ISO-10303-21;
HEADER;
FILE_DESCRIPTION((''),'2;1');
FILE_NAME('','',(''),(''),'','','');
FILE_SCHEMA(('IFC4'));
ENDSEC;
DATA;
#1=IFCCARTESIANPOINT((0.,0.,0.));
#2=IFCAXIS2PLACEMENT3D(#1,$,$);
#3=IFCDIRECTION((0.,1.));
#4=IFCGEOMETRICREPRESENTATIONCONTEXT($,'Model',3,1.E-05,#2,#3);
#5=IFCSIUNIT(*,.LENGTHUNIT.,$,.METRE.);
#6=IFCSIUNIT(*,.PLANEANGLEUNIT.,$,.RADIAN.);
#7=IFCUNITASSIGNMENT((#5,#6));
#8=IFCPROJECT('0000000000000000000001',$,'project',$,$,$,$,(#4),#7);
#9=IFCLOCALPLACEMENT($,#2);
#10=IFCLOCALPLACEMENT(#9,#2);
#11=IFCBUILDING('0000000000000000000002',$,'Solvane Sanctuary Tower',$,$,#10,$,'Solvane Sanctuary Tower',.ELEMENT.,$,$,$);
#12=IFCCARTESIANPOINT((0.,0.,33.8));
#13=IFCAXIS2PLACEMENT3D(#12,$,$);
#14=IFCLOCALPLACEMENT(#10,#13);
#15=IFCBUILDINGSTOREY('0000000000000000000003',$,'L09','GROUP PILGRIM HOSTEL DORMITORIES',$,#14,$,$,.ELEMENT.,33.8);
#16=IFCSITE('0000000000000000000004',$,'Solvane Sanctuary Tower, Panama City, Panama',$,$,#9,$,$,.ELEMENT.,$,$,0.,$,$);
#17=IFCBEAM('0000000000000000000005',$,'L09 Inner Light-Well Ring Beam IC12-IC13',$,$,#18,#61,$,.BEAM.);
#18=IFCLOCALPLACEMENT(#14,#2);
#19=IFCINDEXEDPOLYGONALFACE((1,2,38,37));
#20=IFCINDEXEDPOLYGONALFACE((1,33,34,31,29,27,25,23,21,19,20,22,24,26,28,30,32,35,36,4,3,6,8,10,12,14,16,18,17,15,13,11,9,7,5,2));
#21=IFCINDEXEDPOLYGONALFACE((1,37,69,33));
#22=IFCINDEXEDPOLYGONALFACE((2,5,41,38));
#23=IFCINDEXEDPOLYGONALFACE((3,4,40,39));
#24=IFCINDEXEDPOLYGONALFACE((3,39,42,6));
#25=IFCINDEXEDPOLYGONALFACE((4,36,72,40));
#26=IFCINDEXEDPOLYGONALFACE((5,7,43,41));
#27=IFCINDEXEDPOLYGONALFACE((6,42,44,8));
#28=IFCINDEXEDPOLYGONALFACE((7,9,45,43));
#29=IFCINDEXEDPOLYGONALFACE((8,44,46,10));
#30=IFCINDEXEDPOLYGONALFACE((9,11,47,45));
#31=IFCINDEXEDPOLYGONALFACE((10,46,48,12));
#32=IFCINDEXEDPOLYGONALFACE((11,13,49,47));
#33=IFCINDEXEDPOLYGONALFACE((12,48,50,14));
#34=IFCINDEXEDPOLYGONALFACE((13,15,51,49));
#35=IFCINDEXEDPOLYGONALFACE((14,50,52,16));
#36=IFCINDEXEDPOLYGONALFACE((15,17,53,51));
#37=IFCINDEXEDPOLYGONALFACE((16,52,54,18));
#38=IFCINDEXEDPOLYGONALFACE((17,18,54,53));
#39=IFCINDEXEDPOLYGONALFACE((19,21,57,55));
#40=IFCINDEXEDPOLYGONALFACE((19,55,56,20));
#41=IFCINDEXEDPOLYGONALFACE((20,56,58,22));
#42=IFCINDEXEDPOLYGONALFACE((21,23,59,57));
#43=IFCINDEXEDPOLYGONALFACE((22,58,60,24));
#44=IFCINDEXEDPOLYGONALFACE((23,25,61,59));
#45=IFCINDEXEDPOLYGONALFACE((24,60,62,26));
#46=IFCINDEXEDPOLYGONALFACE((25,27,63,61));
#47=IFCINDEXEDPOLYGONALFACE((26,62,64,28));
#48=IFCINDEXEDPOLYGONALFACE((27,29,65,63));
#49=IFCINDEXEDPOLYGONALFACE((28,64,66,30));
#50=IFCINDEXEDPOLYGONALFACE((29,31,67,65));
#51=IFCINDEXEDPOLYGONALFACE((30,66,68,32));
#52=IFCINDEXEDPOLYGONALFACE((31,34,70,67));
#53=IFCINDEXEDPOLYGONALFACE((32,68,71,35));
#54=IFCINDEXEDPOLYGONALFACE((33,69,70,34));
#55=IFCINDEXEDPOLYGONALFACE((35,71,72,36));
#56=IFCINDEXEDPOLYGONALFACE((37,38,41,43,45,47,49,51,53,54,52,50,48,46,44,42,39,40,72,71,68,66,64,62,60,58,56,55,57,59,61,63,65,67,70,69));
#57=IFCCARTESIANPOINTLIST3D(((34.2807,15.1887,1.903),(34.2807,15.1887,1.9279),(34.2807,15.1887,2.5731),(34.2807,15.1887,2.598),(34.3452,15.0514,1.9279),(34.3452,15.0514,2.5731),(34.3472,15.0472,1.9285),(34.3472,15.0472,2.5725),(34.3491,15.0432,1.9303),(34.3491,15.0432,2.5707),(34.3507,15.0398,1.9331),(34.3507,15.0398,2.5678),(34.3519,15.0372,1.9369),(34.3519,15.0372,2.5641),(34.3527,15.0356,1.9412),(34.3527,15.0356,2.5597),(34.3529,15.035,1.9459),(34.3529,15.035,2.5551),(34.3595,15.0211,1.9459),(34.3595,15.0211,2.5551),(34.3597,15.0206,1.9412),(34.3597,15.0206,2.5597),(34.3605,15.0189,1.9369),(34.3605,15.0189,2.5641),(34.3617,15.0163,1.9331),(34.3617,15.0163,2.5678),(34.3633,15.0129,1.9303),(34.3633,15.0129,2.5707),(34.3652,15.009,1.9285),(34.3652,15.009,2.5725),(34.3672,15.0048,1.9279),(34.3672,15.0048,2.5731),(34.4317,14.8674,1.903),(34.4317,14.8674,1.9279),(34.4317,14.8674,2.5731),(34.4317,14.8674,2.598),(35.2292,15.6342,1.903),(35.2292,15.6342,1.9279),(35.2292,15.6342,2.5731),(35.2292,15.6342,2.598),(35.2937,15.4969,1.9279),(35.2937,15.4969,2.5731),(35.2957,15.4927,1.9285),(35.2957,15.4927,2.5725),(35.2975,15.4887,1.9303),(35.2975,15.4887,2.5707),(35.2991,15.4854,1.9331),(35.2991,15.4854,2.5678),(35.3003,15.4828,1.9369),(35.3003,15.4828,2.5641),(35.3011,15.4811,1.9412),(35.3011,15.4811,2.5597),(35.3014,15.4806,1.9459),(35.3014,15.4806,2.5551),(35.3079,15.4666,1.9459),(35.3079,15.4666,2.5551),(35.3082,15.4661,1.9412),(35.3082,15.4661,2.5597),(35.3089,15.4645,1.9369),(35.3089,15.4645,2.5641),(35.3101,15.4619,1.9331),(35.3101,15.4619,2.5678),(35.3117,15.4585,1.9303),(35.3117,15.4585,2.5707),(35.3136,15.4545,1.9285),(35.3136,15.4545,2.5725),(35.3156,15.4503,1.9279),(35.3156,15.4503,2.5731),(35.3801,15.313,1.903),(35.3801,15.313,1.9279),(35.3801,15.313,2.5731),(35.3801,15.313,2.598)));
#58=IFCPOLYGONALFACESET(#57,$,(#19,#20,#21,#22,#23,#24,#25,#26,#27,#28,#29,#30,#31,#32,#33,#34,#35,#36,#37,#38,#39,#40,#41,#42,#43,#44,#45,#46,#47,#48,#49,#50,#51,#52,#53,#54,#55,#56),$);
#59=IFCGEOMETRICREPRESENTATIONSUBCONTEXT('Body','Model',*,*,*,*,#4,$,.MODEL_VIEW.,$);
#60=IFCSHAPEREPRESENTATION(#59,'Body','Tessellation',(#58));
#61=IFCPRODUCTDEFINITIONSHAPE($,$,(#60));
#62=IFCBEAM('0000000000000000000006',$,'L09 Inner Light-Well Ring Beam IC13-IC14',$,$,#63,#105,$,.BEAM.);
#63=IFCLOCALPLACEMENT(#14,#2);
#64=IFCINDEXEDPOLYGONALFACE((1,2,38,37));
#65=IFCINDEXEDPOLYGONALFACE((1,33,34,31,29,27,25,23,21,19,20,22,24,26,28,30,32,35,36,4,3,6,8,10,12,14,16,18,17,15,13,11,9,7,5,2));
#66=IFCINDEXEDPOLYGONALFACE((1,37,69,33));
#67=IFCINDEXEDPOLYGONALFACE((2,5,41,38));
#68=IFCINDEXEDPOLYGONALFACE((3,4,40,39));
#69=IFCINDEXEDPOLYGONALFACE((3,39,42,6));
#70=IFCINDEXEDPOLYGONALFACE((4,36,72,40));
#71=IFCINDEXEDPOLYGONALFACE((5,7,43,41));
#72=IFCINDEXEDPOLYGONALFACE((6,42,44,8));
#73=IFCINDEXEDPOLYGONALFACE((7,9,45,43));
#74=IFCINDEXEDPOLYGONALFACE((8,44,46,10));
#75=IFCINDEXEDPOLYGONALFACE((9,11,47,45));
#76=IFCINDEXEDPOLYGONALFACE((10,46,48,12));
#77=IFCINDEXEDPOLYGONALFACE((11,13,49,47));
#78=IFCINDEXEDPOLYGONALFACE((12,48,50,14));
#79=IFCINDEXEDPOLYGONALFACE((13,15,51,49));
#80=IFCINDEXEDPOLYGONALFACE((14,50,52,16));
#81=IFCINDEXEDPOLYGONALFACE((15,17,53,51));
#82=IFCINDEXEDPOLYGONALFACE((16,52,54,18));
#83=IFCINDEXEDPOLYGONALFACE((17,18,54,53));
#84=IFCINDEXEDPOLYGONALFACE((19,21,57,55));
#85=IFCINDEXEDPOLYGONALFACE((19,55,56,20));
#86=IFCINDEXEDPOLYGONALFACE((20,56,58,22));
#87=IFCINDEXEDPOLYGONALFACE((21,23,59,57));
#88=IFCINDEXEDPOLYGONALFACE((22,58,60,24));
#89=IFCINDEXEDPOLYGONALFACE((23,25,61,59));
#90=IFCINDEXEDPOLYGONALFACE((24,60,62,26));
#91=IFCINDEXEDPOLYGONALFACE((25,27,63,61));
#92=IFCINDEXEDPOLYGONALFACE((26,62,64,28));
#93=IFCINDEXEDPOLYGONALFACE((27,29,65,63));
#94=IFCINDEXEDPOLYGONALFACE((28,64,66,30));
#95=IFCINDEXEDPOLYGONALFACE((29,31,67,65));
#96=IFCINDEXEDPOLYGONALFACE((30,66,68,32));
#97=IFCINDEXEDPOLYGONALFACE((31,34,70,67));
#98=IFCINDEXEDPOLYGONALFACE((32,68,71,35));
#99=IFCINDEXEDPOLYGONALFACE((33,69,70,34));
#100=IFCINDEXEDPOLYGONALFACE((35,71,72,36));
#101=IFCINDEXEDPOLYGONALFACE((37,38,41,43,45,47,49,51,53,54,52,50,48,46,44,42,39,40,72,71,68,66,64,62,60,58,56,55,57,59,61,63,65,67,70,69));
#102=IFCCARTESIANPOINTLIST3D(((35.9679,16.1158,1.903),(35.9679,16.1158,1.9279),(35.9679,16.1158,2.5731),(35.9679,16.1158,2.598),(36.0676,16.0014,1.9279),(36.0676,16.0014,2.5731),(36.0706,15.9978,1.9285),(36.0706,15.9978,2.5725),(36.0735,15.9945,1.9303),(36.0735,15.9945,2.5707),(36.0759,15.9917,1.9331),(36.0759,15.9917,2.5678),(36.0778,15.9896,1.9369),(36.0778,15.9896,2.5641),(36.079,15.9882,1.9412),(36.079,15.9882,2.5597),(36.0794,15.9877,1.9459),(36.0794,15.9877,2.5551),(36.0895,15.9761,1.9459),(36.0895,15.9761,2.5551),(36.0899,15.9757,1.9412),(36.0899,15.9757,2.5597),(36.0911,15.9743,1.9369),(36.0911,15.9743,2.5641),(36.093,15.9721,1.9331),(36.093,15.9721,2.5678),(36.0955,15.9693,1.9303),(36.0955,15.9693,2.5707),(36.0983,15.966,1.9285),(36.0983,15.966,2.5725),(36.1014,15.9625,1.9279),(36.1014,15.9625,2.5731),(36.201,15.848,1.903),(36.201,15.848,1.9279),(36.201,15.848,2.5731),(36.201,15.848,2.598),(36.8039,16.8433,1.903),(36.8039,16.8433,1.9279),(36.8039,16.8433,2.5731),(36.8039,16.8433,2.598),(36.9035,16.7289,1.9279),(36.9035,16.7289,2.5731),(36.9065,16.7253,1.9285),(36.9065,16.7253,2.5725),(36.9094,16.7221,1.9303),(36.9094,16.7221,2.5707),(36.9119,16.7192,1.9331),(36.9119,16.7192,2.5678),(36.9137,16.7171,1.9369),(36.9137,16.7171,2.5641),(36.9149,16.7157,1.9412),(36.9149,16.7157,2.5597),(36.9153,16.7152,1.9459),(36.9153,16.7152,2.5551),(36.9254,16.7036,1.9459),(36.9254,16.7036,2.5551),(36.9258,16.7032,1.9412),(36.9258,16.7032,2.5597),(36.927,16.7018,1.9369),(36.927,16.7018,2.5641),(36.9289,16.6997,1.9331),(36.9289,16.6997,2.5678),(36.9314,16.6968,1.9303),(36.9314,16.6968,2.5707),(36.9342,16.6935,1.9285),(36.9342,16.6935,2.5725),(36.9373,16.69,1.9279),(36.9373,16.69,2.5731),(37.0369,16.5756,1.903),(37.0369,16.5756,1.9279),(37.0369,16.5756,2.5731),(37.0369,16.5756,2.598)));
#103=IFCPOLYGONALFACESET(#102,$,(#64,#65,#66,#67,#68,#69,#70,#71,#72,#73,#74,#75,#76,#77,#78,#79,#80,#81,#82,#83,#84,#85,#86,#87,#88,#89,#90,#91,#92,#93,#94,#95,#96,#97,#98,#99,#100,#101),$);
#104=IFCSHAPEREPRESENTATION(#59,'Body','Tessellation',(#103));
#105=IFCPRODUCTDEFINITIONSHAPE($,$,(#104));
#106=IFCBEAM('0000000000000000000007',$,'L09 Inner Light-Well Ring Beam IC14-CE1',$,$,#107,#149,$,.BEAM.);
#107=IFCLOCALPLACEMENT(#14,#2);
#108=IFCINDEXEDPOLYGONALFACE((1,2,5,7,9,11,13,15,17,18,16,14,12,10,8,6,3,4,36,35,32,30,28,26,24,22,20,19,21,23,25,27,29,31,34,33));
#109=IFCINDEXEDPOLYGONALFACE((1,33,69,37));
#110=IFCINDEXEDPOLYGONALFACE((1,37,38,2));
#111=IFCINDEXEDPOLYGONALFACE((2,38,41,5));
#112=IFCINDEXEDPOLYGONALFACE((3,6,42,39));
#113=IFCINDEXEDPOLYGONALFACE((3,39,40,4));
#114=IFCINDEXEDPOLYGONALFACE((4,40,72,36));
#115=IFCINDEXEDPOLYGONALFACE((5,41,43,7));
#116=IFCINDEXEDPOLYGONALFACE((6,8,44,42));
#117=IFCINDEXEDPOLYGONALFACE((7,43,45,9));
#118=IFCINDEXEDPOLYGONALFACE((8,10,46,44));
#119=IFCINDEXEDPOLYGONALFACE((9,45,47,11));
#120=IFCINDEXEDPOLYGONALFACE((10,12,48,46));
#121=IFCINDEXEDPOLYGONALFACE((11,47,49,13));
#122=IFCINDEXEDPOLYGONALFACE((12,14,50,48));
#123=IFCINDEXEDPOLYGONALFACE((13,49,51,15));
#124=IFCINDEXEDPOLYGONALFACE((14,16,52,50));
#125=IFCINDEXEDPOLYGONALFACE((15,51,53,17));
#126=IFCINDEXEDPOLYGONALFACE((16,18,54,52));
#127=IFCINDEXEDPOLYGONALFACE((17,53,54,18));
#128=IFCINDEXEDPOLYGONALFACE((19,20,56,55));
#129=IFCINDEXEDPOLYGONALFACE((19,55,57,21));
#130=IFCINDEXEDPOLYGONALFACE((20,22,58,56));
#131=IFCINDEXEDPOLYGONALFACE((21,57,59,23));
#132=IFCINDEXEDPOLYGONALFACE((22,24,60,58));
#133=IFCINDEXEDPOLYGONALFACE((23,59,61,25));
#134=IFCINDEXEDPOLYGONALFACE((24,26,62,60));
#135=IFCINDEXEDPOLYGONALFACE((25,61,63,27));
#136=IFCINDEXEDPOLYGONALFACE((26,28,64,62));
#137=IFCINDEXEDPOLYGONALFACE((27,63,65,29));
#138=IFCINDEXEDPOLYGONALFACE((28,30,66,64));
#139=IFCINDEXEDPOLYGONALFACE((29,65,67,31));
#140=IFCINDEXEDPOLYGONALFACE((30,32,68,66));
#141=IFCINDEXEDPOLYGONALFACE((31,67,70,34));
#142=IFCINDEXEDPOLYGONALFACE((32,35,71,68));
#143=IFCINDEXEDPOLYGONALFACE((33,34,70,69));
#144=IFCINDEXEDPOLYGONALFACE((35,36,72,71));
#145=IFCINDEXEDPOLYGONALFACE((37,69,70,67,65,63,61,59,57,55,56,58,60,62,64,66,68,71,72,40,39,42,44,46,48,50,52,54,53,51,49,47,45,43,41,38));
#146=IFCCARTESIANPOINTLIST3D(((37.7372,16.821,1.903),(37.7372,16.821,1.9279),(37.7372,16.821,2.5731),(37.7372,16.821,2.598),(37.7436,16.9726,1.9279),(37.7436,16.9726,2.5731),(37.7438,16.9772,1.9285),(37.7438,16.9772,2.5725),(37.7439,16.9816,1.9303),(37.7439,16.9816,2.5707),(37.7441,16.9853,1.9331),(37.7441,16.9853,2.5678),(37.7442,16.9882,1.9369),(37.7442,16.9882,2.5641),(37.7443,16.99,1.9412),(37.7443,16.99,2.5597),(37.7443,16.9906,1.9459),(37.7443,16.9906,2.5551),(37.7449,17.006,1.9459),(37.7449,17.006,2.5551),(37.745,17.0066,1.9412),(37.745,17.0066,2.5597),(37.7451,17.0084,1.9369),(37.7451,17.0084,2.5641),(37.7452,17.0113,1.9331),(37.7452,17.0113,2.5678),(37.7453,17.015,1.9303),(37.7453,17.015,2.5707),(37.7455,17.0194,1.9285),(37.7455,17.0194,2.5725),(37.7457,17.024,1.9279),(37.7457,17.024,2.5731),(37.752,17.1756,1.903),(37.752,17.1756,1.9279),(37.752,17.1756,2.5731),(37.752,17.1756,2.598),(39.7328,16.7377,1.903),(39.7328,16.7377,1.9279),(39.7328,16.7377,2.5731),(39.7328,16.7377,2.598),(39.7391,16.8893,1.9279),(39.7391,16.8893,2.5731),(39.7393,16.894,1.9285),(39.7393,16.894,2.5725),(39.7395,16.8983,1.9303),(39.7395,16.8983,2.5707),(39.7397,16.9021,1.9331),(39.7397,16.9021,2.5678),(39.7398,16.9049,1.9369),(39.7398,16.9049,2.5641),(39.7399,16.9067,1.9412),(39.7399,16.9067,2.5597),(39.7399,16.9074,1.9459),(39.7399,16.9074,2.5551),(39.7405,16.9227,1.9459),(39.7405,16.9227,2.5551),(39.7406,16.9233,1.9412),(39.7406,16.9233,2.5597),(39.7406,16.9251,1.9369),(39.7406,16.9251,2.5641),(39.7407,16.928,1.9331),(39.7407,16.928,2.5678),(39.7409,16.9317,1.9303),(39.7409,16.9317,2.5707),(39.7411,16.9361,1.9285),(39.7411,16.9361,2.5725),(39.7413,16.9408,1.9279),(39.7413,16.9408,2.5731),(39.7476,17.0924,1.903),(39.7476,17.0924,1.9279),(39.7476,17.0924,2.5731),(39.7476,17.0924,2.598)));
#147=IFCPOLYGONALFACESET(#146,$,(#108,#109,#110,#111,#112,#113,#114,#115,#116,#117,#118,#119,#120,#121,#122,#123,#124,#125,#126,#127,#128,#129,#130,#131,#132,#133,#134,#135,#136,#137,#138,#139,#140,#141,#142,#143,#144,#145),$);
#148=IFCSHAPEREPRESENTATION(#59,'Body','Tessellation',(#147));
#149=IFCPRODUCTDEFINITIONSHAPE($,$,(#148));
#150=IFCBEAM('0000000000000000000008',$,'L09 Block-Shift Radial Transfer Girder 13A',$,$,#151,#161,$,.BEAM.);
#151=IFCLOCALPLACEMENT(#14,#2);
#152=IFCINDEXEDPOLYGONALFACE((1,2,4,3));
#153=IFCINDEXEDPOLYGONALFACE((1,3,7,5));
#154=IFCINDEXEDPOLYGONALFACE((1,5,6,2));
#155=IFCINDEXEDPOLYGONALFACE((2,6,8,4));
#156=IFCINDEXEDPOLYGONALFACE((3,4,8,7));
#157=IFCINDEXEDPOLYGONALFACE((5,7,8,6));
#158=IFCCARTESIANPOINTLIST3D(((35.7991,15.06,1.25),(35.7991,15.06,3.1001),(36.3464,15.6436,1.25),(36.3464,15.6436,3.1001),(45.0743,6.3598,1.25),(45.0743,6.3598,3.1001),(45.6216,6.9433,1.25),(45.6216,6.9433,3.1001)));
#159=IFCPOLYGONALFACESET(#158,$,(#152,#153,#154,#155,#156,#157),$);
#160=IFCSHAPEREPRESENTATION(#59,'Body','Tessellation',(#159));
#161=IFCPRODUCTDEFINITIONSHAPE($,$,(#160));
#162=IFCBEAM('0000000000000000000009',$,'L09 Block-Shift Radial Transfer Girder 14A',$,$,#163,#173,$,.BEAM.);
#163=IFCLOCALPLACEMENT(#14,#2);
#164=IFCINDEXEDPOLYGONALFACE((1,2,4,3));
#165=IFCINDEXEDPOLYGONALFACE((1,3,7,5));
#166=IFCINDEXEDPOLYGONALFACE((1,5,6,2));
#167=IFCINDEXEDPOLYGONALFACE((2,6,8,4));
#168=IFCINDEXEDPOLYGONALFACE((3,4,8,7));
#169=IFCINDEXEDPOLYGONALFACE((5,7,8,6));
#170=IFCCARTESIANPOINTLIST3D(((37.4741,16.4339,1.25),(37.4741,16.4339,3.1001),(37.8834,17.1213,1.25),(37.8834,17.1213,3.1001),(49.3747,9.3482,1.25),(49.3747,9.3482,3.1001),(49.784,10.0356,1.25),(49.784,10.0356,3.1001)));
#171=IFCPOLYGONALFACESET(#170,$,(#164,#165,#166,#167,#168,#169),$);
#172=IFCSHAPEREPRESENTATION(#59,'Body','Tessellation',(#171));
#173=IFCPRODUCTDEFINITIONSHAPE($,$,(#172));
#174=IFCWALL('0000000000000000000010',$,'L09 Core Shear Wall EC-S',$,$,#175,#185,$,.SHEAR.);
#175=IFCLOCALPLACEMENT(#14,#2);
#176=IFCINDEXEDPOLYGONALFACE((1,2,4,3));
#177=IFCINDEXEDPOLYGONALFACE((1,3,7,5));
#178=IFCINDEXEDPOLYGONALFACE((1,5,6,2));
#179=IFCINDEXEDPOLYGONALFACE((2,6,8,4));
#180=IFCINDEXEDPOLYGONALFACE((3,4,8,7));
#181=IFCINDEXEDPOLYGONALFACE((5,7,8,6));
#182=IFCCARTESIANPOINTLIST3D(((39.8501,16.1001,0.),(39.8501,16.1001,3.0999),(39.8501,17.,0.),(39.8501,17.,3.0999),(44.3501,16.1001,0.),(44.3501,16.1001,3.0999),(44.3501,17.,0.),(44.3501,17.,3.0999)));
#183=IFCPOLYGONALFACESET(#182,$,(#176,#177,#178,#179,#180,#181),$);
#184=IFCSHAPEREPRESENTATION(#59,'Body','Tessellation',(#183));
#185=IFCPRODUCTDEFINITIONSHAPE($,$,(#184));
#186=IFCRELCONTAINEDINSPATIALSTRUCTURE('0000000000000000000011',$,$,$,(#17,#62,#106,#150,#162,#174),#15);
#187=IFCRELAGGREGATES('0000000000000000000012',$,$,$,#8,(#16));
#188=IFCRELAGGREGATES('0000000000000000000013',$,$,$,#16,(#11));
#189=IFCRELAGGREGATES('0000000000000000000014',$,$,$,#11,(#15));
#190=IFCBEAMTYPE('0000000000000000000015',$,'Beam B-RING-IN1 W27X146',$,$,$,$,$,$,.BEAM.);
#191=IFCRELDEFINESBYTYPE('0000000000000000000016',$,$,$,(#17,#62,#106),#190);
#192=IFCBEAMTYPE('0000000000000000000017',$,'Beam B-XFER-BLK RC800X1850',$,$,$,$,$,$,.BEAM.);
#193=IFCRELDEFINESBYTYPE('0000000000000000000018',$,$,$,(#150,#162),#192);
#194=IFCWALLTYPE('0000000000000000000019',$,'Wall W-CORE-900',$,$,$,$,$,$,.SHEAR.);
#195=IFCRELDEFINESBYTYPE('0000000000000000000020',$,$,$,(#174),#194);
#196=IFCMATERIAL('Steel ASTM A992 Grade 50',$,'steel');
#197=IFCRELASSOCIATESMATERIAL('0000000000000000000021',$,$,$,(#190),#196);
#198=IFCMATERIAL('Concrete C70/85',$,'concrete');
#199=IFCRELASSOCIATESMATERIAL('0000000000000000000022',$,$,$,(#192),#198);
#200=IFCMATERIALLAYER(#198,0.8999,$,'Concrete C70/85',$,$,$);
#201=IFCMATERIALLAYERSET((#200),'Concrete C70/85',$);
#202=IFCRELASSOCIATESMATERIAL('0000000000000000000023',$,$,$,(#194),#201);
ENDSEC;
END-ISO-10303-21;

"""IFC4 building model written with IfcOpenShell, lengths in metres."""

from ifc_helpers import new_model, si_unit, direction, frame, frame_2d, origin, origin_2d, place, context, subcontext, project, spatial, rectangle, i_section, extrude, material, layer, layer_set, material_profile, profile_set, type_object, element, save


model = new_model("IFC4")

# Units and contexts
model_context = context("Model", 3, precision=1e-05, world=origin(), true_north=direction((0.0, 1.0)))
body_context = subcontext(model_context, "Body", "Model", "MODEL_VIEW")
ifc_project = project(units=[si_unit("LENGTHUNIT", "METRE"), si_unit("PLANEANGLEUNIT", "RADIAN")], contexts=[model_context])

# Site, building, storey
site_placement = place(None, origin())
site = spatial("IfcSite", under=ifc_project, at=site_placement, Name="Solvane Sanctuary Tower, Panama City, Panama", CompositionType="ELEMENT", RefElevation=0.0)
building_placement = place(site_placement, origin())
building = spatial("IfcBuilding", under=site, at=building_placement, Name="Solvane Sanctuary Tower", LongName="Solvane Sanctuary Tower", CompositionType="ELEMENT")
storey_placement = place(building_placement, frame((0.0, 0.0, 33.8)))
storey = spatial("IfcBuildingStorey", under=building, at=storey_placement, Name="L09", Description="GROUP PILGRIM HOSTEL DORMITORIES", CompositionType="ELEMENT", Elevation=33.8)

# Shared definitions
ifc_material_1 = material(Name="Concrete C70/85", Category="concrete")

# Beams
ifc_material_2 = material(Name="Steel ASTM A992 Grade 50", Category="steel")
ifc_material_profile_1 = material_profile(ifc_material_2, i_section(OverallWidth=0.355, OverallDepth=0.6951, WebThickness=0.0154, FlangeThickness=0.0249, FilletRadius=0.0181, at=origin_2d()), Name="W27X146")
ifc_profile_set_1 = profile_set([ifc_material_profile_1], Name="Steel ASTM A992 Grade 50")
beam_type_1 = type_object("IfcBeamType", Name="Beam B-RING-IN1 W27X146", PredefinedType="BEAM", material=ifc_profile_set_1)
beam_1_placement = place(storey_placement, frame((34.3562, 15.0281, 2.2505), z_axis=(0.905109, 0.42518, 0.0), x_axis=(-0.42518, 0.905109, 0.0)))
element("IfcBeam", 1, at=beam_1_placement, inside=storey, type_object=beam_type_1, Name="L09 Inner Light-Well Ring Beam IC12-IC13", PredefinedType="BEAM", context=body_context, shape_type="SweptSolid", body=[
    extrude(i_section(OverallWidth=0.355, OverallDepth=0.6951, WebThickness=0.0154, FlangeThickness=0.0249, FilletRadius=0.0181, at=origin_2d()), origin(), (0.0, 0.0, 1.0), 1.0479),
])
beam_2_placement = place(storey_placement, frame((36.0845, 15.9819, 2.2505), z_axis=(0.754321, 0.656506, 0.0), x_axis=(-0.656506, 0.754321, 0.0)))
element("IfcBeam", 2, at=beam_2_placement, inside=storey, type_object=beam_type_1, Name="L09 Inner Light-Well Ring Beam IC13-IC14", PredefinedType="BEAM", context=body_context, shape_type="SweptSolid", body=[
    extrude(i_section(OverallWidth=0.355, OverallDepth=0.6951, WebThickness=0.0154, FlangeThickness=0.0249, FilletRadius=0.0181, at=origin_2d()), origin(), (0.0, 0.0, 1.0), 1.1082),
])
beam_3_placement = place(storey_placement, frame((37.7446, 16.9983, 2.2505), z_axis=(0.999131, -0.041681, 0.0), x_axis=(0.041681, 0.999131, 0.0)))
element("IfcBeam", 3, at=beam_3_placement, inside=storey, type_object=beam_type_1, Name="L09 Inner Light-Well Ring Beam IC14-CE1", PredefinedType="BEAM", context=body_context, shape_type="SweptSolid", body=[
    extrude(i_section(OverallWidth=0.355, OverallDepth=0.6951, WebThickness=0.0154, FlangeThickness=0.0249, FilletRadius=0.0181, at=origin_2d()), origin(), (0.0, 0.0, 1.0), 1.9973),
])
ifc_material_profile_2 = material_profile(ifc_material_1, rectangle(XDim=0.8, YDim=1.8501, at=origin_2d()), Name="RC800X1850")
ifc_profile_set_2 = profile_set([ifc_material_profile_2], Name="Concrete C70/85")
beam_type_2 = type_object("IfcBeamType", Name="Beam B-XFER-BLK RC800X1850", PredefinedType="BEAM", material=ifc_profile_set_2)
beam_4_placement = place(storey_placement, frame((36.0728, 15.3518, 2.175), z_axis=(0.729351, -0.68414, 0.0), x_axis=(0.68414, 0.729351, 0.0)))
element("IfcBeam", 4, at=beam_4_placement, inside=storey, type_object=beam_type_2, Name="L09 Block-Shift Radial Transfer Girder 13A", PredefinedType="BEAM", context=body_context, shape_type="SweptSolid", body=[
    extrude(rectangle(XDim=0.8, YDim=1.8501, at=origin_2d()), origin(), (0.0, 0.0, 1.0), 12.717),
])
beam_5_placement = place(storey_placement, frame((37.6787, 16.7776, 2.175), z_axis=(0.85923, -0.51159, 0.0), x_axis=(0.51159, 0.85923, 0.0)))
element("IfcBeam", 5, at=beam_5_placement, inside=storey, type_object=beam_type_2, Name="L09 Block-Shift Radial Transfer Girder 14A", PredefinedType="BEAM", context=body_context, shape_type="SweptSolid", body=[
    extrude(rectangle(XDim=0.8, YDim=1.8501, at=origin_2d()), origin(), (0.0, 0.0, 1.0), 13.8503),
])

# Wall
ifc_layer_1 = layer(ifc_material_1, 0.8999, Name="Concrete C70/85")
ifc_layer_set_1 = layer_set([ifc_layer_1], Name="Concrete C70/85")
wall_type_1 = type_object("IfcWallType", Name="Wall W-CORE-900", PredefinedType="SHEAR", material=ifc_layer_set_1)
wall_1_placement = place(storey_placement, frame((39.8501, 16.55, 0.0), z_axis=(0.0, 0.0, 1.0), x_axis=(1.0, 0.0, 0.0)))
element("IfcWall", 6, at=wall_1_placement, inside=storey, type_object=wall_type_1, Name="L09 Core Shear Wall EC-S", PredefinedType="SHEAR", context=body_context, shape_type="SweptSolid", body=[
    extrude(rectangle(XDim=4.5, YDim=0.8999, at=frame_2d((2.25, 0.0))), origin(), (0.0, 0.0, 1.0), 3.0999),
])

save(model, "model.ifc")
